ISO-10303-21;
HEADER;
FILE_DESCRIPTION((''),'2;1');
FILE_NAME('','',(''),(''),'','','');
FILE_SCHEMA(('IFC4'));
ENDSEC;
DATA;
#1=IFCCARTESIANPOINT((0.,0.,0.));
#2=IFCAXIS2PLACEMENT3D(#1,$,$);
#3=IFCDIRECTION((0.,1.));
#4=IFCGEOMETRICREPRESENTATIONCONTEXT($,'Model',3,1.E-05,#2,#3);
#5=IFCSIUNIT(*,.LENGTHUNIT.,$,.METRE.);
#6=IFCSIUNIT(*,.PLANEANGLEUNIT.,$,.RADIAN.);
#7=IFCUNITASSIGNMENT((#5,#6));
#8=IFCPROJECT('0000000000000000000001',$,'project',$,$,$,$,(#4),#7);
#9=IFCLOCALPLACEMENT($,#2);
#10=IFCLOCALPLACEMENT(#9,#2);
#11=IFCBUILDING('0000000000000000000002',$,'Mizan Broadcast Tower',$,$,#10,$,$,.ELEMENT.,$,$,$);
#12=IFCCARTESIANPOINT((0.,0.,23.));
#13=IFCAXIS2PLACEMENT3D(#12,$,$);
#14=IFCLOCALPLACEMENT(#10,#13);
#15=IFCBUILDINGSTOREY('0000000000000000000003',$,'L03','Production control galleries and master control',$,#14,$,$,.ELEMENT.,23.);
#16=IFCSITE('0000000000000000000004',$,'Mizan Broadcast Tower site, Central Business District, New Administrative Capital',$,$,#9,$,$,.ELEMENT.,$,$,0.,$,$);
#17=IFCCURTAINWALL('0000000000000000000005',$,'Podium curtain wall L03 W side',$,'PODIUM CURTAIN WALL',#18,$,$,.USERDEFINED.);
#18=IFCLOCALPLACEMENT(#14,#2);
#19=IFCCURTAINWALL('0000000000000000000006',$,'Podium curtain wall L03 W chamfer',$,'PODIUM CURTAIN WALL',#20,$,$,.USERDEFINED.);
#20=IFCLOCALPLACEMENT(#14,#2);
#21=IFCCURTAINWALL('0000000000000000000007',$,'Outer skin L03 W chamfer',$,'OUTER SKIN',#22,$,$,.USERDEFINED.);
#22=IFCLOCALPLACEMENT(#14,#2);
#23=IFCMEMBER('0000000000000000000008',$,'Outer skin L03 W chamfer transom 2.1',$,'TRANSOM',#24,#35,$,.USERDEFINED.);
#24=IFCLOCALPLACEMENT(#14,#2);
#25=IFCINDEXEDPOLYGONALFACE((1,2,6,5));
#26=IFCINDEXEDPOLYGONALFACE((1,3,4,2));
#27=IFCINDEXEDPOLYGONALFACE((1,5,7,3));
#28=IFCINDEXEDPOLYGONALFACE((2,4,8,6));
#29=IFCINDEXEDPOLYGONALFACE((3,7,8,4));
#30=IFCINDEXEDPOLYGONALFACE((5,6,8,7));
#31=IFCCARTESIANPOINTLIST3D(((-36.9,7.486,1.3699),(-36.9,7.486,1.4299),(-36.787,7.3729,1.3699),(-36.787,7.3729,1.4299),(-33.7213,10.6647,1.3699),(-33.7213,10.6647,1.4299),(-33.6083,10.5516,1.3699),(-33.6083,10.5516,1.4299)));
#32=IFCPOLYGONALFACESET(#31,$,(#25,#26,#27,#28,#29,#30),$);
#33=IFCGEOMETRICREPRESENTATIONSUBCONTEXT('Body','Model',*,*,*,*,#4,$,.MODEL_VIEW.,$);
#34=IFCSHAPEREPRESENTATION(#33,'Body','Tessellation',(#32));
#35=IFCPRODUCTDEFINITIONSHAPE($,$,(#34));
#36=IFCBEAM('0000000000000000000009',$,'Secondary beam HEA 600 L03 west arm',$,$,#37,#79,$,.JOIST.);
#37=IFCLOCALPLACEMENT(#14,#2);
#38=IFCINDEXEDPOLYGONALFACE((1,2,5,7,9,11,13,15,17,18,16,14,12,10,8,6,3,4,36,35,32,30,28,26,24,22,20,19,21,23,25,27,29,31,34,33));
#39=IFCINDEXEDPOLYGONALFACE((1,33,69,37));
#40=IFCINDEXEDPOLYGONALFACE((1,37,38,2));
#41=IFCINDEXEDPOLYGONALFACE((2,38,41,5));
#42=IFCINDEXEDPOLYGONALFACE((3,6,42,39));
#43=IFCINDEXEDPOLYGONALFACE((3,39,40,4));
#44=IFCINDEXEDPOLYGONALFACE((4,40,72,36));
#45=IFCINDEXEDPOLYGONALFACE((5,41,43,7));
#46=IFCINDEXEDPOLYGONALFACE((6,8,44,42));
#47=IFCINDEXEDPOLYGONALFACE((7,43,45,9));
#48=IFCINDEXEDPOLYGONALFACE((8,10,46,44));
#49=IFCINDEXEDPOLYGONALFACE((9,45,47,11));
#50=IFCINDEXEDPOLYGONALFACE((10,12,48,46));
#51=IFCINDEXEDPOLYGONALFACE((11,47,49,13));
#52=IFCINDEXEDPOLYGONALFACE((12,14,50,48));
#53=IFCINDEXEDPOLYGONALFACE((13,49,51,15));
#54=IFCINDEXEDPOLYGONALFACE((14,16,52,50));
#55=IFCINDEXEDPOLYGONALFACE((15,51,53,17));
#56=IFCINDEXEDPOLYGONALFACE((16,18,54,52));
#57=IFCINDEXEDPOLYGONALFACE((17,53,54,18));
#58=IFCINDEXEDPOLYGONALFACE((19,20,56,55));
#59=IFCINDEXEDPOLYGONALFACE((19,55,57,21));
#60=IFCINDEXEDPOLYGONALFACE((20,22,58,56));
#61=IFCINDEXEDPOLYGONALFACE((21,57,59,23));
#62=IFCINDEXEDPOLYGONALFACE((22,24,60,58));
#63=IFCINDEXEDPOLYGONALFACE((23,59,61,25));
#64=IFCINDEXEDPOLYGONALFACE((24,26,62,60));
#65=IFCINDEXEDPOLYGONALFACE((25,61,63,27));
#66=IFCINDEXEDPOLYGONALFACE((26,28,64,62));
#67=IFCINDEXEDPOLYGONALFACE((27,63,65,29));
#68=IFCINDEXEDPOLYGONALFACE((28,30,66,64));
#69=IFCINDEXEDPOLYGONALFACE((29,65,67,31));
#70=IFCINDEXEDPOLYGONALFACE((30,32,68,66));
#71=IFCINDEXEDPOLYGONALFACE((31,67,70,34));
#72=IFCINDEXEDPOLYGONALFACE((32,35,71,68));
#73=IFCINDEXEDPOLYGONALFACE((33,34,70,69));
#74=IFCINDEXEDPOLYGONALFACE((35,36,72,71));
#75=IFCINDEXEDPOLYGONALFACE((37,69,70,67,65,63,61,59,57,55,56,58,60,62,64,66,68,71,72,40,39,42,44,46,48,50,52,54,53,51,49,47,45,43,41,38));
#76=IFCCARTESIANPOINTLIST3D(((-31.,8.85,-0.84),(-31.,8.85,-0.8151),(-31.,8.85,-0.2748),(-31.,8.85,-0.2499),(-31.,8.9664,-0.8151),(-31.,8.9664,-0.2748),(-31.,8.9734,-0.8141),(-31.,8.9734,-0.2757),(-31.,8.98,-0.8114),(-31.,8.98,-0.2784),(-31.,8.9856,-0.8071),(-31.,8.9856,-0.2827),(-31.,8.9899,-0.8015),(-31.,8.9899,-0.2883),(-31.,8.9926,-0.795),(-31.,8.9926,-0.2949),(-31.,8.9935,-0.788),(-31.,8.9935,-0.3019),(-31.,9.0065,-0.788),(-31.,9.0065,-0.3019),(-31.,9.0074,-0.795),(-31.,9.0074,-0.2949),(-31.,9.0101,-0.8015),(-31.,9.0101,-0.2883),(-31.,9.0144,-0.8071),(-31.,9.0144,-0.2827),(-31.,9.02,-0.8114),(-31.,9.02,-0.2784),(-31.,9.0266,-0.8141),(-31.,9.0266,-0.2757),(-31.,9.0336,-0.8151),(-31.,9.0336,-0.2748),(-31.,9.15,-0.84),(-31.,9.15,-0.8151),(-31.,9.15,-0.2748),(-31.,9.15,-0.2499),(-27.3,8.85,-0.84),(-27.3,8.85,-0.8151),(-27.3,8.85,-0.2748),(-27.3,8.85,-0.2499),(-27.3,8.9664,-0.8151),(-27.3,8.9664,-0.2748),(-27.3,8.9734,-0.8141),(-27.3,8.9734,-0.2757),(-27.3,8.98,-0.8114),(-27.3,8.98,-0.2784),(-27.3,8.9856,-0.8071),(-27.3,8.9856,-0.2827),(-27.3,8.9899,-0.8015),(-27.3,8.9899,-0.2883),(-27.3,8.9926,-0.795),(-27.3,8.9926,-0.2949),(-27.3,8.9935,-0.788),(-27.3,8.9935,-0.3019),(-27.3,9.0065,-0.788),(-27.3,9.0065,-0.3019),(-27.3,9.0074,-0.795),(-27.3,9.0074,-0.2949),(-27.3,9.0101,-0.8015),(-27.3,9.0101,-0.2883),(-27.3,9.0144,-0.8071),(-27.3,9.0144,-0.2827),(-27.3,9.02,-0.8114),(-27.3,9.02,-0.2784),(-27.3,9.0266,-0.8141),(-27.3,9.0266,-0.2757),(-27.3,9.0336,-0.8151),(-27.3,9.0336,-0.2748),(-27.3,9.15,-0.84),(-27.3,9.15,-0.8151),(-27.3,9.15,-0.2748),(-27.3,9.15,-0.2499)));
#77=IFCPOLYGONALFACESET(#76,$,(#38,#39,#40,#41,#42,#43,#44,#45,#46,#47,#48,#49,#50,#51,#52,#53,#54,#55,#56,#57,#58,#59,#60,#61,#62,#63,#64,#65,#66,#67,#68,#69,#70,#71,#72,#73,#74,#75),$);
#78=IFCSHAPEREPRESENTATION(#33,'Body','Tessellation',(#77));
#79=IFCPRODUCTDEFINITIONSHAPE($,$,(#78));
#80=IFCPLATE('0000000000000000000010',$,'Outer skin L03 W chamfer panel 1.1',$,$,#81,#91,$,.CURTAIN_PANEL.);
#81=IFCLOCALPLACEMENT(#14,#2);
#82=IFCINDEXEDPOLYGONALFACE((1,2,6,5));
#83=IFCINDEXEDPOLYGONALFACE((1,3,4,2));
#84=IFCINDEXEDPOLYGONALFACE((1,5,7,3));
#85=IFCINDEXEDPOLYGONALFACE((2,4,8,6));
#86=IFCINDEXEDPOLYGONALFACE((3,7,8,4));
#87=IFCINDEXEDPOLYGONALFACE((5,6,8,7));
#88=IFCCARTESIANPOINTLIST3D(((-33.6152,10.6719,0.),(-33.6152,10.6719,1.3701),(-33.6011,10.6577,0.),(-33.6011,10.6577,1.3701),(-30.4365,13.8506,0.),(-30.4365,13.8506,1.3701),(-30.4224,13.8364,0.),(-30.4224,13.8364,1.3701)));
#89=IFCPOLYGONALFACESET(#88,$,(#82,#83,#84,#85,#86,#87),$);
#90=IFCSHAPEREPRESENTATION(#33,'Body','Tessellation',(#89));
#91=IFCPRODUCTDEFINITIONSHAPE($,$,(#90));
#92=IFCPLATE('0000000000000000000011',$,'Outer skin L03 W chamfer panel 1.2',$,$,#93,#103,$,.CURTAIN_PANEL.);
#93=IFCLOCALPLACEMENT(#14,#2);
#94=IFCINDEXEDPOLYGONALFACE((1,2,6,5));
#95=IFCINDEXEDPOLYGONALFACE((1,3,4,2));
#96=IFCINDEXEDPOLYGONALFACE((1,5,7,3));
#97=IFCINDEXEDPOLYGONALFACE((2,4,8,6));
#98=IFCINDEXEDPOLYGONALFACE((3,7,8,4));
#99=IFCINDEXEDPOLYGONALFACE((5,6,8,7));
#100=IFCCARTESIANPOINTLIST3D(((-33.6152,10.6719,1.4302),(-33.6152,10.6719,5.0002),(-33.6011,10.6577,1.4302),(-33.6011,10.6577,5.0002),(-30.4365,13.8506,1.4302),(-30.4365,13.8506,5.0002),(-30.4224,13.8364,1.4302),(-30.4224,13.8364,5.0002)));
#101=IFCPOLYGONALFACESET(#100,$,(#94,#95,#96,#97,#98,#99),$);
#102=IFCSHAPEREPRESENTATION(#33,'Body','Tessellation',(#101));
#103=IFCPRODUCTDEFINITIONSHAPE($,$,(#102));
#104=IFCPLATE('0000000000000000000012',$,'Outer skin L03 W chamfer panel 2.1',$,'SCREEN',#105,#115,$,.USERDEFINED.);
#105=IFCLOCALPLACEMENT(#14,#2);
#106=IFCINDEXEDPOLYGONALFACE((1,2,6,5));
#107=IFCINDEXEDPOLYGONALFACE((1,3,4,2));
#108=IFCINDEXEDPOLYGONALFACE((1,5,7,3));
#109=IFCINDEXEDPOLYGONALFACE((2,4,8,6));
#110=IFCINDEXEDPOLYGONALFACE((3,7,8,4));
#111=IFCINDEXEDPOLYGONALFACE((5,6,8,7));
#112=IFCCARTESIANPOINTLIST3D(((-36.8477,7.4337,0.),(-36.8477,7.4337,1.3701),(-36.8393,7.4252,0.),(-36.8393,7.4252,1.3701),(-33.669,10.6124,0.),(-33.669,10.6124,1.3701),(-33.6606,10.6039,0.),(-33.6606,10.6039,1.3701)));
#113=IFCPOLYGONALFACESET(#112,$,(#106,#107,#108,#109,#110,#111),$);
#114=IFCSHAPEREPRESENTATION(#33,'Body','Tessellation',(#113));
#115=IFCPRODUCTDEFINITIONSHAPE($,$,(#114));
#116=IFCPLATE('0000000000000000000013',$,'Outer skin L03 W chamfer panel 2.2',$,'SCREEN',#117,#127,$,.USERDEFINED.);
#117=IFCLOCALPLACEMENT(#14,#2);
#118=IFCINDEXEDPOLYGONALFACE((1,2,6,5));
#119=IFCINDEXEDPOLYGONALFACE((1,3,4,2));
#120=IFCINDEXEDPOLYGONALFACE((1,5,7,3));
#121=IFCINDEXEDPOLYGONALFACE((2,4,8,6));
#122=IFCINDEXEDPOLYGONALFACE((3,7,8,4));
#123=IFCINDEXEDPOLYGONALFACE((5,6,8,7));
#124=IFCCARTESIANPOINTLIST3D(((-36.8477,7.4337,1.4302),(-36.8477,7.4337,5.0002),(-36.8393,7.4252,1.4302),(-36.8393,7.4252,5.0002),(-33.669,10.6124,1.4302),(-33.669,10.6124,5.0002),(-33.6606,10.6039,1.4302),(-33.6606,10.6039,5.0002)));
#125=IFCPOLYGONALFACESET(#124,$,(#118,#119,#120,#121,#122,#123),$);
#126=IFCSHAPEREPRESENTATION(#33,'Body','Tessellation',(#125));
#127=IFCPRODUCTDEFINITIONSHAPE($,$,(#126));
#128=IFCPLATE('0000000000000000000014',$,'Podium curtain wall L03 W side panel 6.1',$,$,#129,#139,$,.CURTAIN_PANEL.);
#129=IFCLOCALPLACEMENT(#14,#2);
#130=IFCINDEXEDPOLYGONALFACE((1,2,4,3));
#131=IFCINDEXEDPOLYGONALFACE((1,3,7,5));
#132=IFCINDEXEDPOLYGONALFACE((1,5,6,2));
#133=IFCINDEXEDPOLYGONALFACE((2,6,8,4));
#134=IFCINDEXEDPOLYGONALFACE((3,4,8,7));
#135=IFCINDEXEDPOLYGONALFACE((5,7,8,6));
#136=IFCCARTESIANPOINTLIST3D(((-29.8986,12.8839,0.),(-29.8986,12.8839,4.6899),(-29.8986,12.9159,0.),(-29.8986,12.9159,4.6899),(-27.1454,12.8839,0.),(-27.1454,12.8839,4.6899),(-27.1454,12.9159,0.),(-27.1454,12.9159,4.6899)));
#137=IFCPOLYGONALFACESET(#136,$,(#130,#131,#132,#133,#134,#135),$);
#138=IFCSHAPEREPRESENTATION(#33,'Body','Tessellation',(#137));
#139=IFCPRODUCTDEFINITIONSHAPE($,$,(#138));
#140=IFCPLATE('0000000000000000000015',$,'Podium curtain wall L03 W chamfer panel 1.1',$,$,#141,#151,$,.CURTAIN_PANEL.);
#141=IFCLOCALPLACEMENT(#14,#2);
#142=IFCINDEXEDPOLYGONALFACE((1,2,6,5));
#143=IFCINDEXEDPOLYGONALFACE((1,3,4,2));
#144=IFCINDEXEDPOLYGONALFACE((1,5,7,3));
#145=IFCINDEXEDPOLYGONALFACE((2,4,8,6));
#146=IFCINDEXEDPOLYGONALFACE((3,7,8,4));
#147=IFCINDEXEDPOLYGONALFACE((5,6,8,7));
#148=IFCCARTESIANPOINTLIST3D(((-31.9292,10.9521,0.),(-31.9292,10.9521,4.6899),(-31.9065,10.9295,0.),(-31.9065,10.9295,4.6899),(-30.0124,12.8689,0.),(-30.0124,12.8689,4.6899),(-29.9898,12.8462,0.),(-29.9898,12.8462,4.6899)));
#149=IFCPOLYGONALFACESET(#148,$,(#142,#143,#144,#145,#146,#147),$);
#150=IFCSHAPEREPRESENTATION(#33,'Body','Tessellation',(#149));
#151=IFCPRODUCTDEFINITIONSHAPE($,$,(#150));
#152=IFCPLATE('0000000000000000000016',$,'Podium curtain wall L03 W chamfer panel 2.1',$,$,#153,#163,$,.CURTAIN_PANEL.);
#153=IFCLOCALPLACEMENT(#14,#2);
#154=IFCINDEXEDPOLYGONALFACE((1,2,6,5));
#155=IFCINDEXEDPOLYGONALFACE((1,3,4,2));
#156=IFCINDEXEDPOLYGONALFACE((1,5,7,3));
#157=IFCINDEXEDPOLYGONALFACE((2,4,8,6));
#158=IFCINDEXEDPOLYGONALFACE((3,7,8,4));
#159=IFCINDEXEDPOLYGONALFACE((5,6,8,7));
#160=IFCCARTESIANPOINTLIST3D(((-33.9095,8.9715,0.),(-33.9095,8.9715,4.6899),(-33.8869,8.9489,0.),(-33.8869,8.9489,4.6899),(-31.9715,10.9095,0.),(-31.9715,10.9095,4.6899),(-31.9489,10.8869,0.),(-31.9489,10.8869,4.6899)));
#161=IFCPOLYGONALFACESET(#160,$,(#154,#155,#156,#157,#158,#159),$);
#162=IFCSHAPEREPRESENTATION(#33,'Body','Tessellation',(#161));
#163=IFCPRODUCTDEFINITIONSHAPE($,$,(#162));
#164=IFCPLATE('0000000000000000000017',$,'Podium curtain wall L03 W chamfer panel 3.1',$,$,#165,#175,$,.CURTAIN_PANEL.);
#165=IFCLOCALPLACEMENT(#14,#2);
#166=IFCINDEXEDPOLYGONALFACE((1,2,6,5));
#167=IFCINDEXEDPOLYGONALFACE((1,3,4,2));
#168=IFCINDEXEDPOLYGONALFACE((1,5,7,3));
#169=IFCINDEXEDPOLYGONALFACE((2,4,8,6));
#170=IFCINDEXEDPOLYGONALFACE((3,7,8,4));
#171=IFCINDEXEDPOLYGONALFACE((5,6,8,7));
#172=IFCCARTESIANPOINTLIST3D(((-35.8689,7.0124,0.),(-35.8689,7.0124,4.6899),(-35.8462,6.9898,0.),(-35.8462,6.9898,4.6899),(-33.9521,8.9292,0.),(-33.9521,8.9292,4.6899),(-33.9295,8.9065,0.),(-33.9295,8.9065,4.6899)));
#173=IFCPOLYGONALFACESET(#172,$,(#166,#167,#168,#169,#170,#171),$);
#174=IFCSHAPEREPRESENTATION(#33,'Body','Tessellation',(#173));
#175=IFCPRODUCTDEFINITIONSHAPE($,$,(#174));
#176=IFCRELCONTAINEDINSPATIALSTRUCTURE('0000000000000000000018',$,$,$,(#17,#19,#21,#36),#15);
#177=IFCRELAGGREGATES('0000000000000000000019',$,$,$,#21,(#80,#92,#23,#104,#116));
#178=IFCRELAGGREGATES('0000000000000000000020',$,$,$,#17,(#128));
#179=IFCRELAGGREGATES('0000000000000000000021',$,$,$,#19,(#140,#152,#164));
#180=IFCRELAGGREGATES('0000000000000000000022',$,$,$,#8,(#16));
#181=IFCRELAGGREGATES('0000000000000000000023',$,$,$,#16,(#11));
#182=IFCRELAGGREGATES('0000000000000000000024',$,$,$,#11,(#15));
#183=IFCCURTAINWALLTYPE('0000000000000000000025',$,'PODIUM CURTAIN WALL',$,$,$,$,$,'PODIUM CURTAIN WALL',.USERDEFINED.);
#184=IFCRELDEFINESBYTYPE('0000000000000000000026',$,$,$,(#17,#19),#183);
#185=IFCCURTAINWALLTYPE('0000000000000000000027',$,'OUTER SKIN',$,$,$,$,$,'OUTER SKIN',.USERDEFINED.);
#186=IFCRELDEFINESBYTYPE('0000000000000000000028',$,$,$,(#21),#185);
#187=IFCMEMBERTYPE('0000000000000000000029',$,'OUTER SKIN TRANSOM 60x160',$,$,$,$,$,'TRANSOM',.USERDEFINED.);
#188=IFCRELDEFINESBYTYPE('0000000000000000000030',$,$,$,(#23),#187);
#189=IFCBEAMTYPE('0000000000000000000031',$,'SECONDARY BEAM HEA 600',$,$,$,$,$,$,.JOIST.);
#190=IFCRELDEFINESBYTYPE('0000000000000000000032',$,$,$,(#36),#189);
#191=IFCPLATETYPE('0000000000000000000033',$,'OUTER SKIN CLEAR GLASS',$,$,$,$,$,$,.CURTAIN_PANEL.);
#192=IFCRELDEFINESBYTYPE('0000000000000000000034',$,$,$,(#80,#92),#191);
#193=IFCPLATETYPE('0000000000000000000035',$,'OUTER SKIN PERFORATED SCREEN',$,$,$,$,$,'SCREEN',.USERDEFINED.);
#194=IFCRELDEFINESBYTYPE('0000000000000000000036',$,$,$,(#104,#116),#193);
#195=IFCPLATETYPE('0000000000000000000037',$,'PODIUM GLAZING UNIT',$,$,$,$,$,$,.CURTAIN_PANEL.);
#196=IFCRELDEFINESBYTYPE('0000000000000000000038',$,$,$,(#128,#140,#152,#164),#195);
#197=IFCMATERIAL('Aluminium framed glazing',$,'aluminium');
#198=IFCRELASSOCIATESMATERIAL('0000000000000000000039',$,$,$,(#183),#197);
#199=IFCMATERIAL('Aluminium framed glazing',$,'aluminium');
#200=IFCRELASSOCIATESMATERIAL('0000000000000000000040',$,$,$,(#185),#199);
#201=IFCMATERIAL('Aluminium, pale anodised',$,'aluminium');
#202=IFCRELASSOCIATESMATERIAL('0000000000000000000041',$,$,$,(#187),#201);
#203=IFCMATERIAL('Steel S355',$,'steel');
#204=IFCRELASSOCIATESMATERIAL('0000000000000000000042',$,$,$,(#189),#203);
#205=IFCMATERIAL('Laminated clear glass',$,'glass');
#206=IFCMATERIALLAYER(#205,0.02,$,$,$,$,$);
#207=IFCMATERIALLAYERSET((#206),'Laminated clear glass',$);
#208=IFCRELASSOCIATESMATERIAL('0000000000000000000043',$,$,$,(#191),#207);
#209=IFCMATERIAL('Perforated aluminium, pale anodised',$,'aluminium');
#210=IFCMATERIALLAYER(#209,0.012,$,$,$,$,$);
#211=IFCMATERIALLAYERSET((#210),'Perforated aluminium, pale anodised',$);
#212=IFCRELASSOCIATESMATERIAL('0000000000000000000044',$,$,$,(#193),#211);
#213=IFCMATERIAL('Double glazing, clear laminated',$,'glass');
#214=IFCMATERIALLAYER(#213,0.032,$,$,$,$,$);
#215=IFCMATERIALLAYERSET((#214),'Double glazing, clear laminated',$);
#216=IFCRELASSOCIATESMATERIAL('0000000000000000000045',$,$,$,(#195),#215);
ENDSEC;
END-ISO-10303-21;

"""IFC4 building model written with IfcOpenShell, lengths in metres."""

from ifc_helpers import new_model, si_unit, direction, frame, origin, origin_2d, place, context, subcontext, project, spatial, rectangle, i_section, extrude, material, layer, layer_set, material_profile, profile_set, type_object, element, aggregate, save


model = new_model("IFC4")

# Units and contexts
model_context = context("Model", 3, precision=1e-05, world=origin(), true_north=direction((0.0, 1.0)))
body_context = subcontext(model_context, "Body", "Model", "MODEL_VIEW")
ifc_project = project(units=[si_unit("LENGTHUNIT", "METRE"), si_unit("PLANEANGLEUNIT", "RADIAN")], contexts=[model_context])

# Site, building, storey
site_placement = place(None, origin())
site = spatial("IfcSite", under=ifc_project, at=site_placement, Name="Mizan Broadcast Tower site, Central Business District, New Administrative Capital", CompositionType="ELEMENT", RefElevation=0.0)
building_placement = place(site_placement, origin())
building = spatial("IfcBuilding", under=site, at=building_placement, Name="Mizan Broadcast Tower", CompositionType="ELEMENT")
storey_placement = place(building_placement, frame((0.0, 0.0, 23.0)))
storey = spatial("IfcBuildingStorey", under=building, at=storey_placement, Name="L03", Description="Production control galleries and master control", CompositionType="ELEMENT", Elevation=23.0)

# Curtain walls
ifc_material_1 = material(Name="Aluminium framed glazing", Category="aluminium")
curtain_wall_type_1 = type_object("IfcCurtainWallType", Name="PODIUM CURTAIN WALL", ElementType="PODIUM CURTAIN WALL", PredefinedType="USERDEFINED", material=ifc_material_1)
curtain_wall_1_placement = place(storey_placement, origin())
curtain_wall_1 = element("IfcCurtainWall", 1, at=curtain_wall_1_placement, inside=storey, type_object=curtain_wall_type_1, Name="Podium curtain wall L03 W side", ObjectType="PODIUM CURTAIN WALL", PredefinedType="USERDEFINED")
curtain_wall_2_placement = place(storey_placement, origin())
curtain_wall_2 = element("IfcCurtainWall", 2, at=curtain_wall_2_placement, inside=storey, type_object=curtain_wall_type_1, Name="Podium curtain wall L03 W chamfer", ObjectType="PODIUM CURTAIN WALL", PredefinedType="USERDEFINED")

# Curtain wall, member
ifc_material_2 = material(Name="Aluminium framed glazing", Category="aluminium")
curtain_wall_type_2 = type_object("IfcCurtainWallType", Name="OUTER SKIN", ElementType="OUTER SKIN", PredefinedType="USERDEFINED", material=ifc_material_2)
curtain_wall_3_placement = place(storey_placement, origin())
curtain_wall_3 = element("IfcCurtainWall", 3, at=curtain_wall_3_placement, inside=storey, type_object=curtain_wall_type_2, Name="Outer skin L03 W chamfer", ObjectType="OUTER SKIN", PredefinedType="USERDEFINED")
ifc_material_3 = material(Name="Aluminium, pale anodised", Category="aluminium")
ifc_material_profile_1 = material_profile(ifc_material_3, rectangle(XDim=0.1599, YDim=0.0601, at=origin_2d()), Name="TRANSOM 160x60")
ifc_profile_set_1 = profile_set([ifc_material_profile_1], Name="Aluminium, pale anodised")
member_type_1 = type_object("IfcMemberType", Name="OUTER SKIN TRANSOM 60x160", ElementType="TRANSOM", PredefinedType="USERDEFINED", material=ifc_profile_set_1)
member_1_placement = place(storey_placement, frame((-33.6648, 10.6082, 1.3999), z_axis=(-0.707107, -0.707107, 0.0), x_axis=(0.707107, -0.707107, 0.0)))
member_1 = element("IfcMember", 4, at=member_1_placement, type_object=member_type_1, Name="Outer skin L03 W chamfer transom 2.1", ObjectType="TRANSOM", PredefinedType="USERDEFINED", context=body_context, shape_type="SweptSolid", body=[
    extrude(rectangle(XDim=0.1599, YDim=0.0601, at=origin_2d()), origin(), (0.0, 0.0, 1.0), 4.4954),
])

# Beam
ifc_material_4 = material(Name="Steel S355", Category="steel")
ifc_material_profile_2 = material_profile(ifc_material_4, i_section(OverallWidth=0.3, OverallDepth=0.5901, WebThickness=0.0129, FlangeThickness=0.0249, FilletRadius=0.0271, at=origin_2d()), Name="HEA 600")
ifc_profile_set_2 = profile_set([ifc_material_profile_2], Name="Steel S355")
beam_type_1 = type_object("IfcBeamType", Name="SECONDARY BEAM HEA 600", PredefinedType="JOIST", material=ifc_profile_set_2)
beam_1_placement = place(storey_placement, frame((-27.3, 9.0, -0.5449), z_axis=(-1.0, 0.0, 0.0), x_axis=(0.0, -1.0, 0.0)))
element("IfcBeam", 5, at=beam_1_placement, inside=storey, type_object=beam_type_1, Name="Secondary beam HEA 600 L03 west arm", PredefinedType="JOIST", context=body_context, shape_type="SweptSolid", body=[
    extrude(i_section(OverallWidth=0.3, OverallDepth=0.5901, WebThickness=0.0129, FlangeThickness=0.0249, FilletRadius=0.0271, at=origin_2d()), origin(), (0.0, 0.0, 1.0), 3.7),
])

# Plates
ifc_material_5 = material(Name="Laminated clear glass", Category="glass")
ifc_layer_1 = layer(ifc_material_5, 0.02)
ifc_layer_set_1 = layer_set([ifc_layer_1], Name="Laminated clear glass")
plate_type_1 = type_object("IfcPlateType", Name="OUTER SKIN CLEAR GLASS", PredefinedType="CURTAIN_PANEL", material=ifc_layer_set_1)
plate_1_placement = place(storey_placement, frame((-32.0188, 12.2542, 0.0), z_axis=(0.0, 0.0, 1.0), x_axis=(-0.707107, -0.707107, 0.0)))
plate_1 = element("IfcPlate", 6, at=plate_1_placement, type_object=plate_type_1, Name="Outer skin L03 W chamfer panel 1.1", PredefinedType="CURTAIN_PANEL", context=body_context, shape_type="SweptSolid", body=[
    extrude(rectangle(XDim=4.4954, YDim=0.02, at=origin_2d()), origin(), (0.0, 0.0, 1.0), 1.3701),
])
plate_2_placement = place(storey_placement, frame((-32.0188, 12.2542, 1.4302), z_axis=(0.0, 0.0, 1.0), x_axis=(-0.707107, -0.707107, 0.0)))
plate_2 = element("IfcPlate", 7, at=plate_2_placement, type_object=plate_type_1, Name="Outer skin L03 W chamfer panel 1.2", PredefinedType="CURTAIN_PANEL", context=body_context, shape_type="SweptSolid", body=[
    extrude(rectangle(XDim=4.4954, YDim=0.02, at=origin_2d()), origin(), (0.0, 0.0, 1.0), 3.5701),
])
ifc_material_6 = material(Name="Perforated aluminium, pale anodised", Category="aluminium")
ifc_layer_2 = layer(ifc_material_6, 0.012)
ifc_layer_set_2 = layer_set([ifc_layer_2], Name="Perforated aluminium, pale anodised")
plate_type_2 = type_object("IfcPlateType", Name="OUTER SKIN PERFORATED SCREEN", ElementType="SCREEN", PredefinedType="USERDEFINED", material=ifc_layer_set_2)
plate_3_placement = place(storey_placement, frame((-35.2542, 9.0188, 0.0), z_axis=(0.0, 0.0, 1.0), x_axis=(-0.707107, -0.707107, 0.0)))
plate_3 = element("IfcPlate", 8, at=plate_3_placement, type_object=plate_type_2, Name="Outer skin L03 W chamfer panel 2.1", ObjectType="SCREEN", PredefinedType="USERDEFINED", context=body_context, shape_type="SweptSolid", body=[
    extrude(rectangle(XDim=4.4954, YDim=0.012, at=origin_2d()), origin(), (0.0, 0.0, 1.0), 1.3701),
])
plate_4_placement = place(storey_placement, frame((-35.2542, 9.0188, 1.4302), z_axis=(0.0, 0.0, 1.0), x_axis=(-0.707107, -0.707107, 0.0)))
plate_4 = element("IfcPlate", 9, at=plate_4_placement, type_object=plate_type_2, Name="Outer skin L03 W chamfer panel 2.2", ObjectType="SCREEN", PredefinedType="USERDEFINED", context=body_context, shape_type="SweptSolid", body=[
    extrude(rectangle(XDim=4.4954, YDim=0.012, at=origin_2d()), origin(), (0.0, 0.0, 1.0), 3.5701),
])
aggregate(curtain_wall_3, [plate_1, plate_2, member_1, plate_3, plate_4])
ifc_material_7 = material(Name="Double glazing, clear laminated", Category="glass")
ifc_layer_3 = layer(ifc_material_7, 0.032)
ifc_layer_set_3 = layer_set([ifc_layer_3], Name="Double glazing, clear laminated")
plate_type_3 = type_object("IfcPlateType", Name="PODIUM GLAZING UNIT", PredefinedType="CURTAIN_PANEL", material=ifc_layer_set_3)
plate_5_placement = place(storey_placement, frame((-28.522, 12.8999, 0.0), z_axis=(0.0, 0.0, 1.0), x_axis=(-1.0, 0.0, 0.0)))
plate_5 = element("IfcPlate", 10, at=plate_5_placement, type_object=plate_type_3, Name="Podium curtain wall L03 W side panel 6.1", PredefinedType="CURTAIN_PANEL", context=body_context, shape_type="SweptSolid", body=[
    extrude(rectangle(XDim=2.7532, YDim=0.032, at=origin_2d()), origin(), (0.0, 0.0, 1.0), 4.6899),
])
aggregate(curtain_wall_1, [plate_5])
plate_6_placement = place(storey_placement, frame((-30.9595, 11.8992, 0.0), z_axis=(0.0, 0.0, 1.0), x_axis=(-0.707107, -0.707107, 0.0)))
plate_6 = element("IfcPlate", 11, at=plate_6_placement, type_object=plate_type_3, Name="Podium curtain wall L03 W chamfer panel 1.1", PredefinedType="CURTAIN_PANEL", context=body_context, shape_type="SweptSolid", body=[
    extrude(rectangle(XDim=2.7107, YDim=0.032, at=origin_2d()), origin(), (0.0, 0.0, 1.0), 4.6899),
])
plate_7_placement = place(storey_placement, frame((-32.9292, 9.9292, 0.0), z_axis=(0.0, 0.0, 1.0), x_axis=(-0.707107, -0.707107, 0.0)))
plate_7 = element("IfcPlate", 12, at=plate_7_placement, type_object=plate_type_3, Name="Podium curtain wall L03 W chamfer panel 2.1", PredefinedType="CURTAIN_PANEL", context=body_context, shape_type="SweptSolid", body=[
    extrude(rectangle(XDim=2.7407, YDim=0.032, at=origin_2d()), origin(), (0.0, 0.0, 1.0), 4.6899),
])
plate_8_placement = place(storey_placement, frame((-34.8992, 7.9595, 0.0), z_axis=(0.0, 0.0, 1.0), x_axis=(-0.707107, -0.707107, 0.0)))
plate_8 = element("IfcPlate", 13, at=plate_8_placement, type_object=plate_type_3, Name="Podium curtain wall L03 W chamfer panel 3.1", PredefinedType="CURTAIN_PANEL", context=body_context, shape_type="SweptSolid", body=[
    extrude(rectangle(XDim=2.7107, YDim=0.032, at=origin_2d()), origin(), (0.0, 0.0, 1.0), 4.6899),
])
aggregate(curtain_wall_2, [plate_6, plate_7, plate_8])

save(model, "model.ifc")
